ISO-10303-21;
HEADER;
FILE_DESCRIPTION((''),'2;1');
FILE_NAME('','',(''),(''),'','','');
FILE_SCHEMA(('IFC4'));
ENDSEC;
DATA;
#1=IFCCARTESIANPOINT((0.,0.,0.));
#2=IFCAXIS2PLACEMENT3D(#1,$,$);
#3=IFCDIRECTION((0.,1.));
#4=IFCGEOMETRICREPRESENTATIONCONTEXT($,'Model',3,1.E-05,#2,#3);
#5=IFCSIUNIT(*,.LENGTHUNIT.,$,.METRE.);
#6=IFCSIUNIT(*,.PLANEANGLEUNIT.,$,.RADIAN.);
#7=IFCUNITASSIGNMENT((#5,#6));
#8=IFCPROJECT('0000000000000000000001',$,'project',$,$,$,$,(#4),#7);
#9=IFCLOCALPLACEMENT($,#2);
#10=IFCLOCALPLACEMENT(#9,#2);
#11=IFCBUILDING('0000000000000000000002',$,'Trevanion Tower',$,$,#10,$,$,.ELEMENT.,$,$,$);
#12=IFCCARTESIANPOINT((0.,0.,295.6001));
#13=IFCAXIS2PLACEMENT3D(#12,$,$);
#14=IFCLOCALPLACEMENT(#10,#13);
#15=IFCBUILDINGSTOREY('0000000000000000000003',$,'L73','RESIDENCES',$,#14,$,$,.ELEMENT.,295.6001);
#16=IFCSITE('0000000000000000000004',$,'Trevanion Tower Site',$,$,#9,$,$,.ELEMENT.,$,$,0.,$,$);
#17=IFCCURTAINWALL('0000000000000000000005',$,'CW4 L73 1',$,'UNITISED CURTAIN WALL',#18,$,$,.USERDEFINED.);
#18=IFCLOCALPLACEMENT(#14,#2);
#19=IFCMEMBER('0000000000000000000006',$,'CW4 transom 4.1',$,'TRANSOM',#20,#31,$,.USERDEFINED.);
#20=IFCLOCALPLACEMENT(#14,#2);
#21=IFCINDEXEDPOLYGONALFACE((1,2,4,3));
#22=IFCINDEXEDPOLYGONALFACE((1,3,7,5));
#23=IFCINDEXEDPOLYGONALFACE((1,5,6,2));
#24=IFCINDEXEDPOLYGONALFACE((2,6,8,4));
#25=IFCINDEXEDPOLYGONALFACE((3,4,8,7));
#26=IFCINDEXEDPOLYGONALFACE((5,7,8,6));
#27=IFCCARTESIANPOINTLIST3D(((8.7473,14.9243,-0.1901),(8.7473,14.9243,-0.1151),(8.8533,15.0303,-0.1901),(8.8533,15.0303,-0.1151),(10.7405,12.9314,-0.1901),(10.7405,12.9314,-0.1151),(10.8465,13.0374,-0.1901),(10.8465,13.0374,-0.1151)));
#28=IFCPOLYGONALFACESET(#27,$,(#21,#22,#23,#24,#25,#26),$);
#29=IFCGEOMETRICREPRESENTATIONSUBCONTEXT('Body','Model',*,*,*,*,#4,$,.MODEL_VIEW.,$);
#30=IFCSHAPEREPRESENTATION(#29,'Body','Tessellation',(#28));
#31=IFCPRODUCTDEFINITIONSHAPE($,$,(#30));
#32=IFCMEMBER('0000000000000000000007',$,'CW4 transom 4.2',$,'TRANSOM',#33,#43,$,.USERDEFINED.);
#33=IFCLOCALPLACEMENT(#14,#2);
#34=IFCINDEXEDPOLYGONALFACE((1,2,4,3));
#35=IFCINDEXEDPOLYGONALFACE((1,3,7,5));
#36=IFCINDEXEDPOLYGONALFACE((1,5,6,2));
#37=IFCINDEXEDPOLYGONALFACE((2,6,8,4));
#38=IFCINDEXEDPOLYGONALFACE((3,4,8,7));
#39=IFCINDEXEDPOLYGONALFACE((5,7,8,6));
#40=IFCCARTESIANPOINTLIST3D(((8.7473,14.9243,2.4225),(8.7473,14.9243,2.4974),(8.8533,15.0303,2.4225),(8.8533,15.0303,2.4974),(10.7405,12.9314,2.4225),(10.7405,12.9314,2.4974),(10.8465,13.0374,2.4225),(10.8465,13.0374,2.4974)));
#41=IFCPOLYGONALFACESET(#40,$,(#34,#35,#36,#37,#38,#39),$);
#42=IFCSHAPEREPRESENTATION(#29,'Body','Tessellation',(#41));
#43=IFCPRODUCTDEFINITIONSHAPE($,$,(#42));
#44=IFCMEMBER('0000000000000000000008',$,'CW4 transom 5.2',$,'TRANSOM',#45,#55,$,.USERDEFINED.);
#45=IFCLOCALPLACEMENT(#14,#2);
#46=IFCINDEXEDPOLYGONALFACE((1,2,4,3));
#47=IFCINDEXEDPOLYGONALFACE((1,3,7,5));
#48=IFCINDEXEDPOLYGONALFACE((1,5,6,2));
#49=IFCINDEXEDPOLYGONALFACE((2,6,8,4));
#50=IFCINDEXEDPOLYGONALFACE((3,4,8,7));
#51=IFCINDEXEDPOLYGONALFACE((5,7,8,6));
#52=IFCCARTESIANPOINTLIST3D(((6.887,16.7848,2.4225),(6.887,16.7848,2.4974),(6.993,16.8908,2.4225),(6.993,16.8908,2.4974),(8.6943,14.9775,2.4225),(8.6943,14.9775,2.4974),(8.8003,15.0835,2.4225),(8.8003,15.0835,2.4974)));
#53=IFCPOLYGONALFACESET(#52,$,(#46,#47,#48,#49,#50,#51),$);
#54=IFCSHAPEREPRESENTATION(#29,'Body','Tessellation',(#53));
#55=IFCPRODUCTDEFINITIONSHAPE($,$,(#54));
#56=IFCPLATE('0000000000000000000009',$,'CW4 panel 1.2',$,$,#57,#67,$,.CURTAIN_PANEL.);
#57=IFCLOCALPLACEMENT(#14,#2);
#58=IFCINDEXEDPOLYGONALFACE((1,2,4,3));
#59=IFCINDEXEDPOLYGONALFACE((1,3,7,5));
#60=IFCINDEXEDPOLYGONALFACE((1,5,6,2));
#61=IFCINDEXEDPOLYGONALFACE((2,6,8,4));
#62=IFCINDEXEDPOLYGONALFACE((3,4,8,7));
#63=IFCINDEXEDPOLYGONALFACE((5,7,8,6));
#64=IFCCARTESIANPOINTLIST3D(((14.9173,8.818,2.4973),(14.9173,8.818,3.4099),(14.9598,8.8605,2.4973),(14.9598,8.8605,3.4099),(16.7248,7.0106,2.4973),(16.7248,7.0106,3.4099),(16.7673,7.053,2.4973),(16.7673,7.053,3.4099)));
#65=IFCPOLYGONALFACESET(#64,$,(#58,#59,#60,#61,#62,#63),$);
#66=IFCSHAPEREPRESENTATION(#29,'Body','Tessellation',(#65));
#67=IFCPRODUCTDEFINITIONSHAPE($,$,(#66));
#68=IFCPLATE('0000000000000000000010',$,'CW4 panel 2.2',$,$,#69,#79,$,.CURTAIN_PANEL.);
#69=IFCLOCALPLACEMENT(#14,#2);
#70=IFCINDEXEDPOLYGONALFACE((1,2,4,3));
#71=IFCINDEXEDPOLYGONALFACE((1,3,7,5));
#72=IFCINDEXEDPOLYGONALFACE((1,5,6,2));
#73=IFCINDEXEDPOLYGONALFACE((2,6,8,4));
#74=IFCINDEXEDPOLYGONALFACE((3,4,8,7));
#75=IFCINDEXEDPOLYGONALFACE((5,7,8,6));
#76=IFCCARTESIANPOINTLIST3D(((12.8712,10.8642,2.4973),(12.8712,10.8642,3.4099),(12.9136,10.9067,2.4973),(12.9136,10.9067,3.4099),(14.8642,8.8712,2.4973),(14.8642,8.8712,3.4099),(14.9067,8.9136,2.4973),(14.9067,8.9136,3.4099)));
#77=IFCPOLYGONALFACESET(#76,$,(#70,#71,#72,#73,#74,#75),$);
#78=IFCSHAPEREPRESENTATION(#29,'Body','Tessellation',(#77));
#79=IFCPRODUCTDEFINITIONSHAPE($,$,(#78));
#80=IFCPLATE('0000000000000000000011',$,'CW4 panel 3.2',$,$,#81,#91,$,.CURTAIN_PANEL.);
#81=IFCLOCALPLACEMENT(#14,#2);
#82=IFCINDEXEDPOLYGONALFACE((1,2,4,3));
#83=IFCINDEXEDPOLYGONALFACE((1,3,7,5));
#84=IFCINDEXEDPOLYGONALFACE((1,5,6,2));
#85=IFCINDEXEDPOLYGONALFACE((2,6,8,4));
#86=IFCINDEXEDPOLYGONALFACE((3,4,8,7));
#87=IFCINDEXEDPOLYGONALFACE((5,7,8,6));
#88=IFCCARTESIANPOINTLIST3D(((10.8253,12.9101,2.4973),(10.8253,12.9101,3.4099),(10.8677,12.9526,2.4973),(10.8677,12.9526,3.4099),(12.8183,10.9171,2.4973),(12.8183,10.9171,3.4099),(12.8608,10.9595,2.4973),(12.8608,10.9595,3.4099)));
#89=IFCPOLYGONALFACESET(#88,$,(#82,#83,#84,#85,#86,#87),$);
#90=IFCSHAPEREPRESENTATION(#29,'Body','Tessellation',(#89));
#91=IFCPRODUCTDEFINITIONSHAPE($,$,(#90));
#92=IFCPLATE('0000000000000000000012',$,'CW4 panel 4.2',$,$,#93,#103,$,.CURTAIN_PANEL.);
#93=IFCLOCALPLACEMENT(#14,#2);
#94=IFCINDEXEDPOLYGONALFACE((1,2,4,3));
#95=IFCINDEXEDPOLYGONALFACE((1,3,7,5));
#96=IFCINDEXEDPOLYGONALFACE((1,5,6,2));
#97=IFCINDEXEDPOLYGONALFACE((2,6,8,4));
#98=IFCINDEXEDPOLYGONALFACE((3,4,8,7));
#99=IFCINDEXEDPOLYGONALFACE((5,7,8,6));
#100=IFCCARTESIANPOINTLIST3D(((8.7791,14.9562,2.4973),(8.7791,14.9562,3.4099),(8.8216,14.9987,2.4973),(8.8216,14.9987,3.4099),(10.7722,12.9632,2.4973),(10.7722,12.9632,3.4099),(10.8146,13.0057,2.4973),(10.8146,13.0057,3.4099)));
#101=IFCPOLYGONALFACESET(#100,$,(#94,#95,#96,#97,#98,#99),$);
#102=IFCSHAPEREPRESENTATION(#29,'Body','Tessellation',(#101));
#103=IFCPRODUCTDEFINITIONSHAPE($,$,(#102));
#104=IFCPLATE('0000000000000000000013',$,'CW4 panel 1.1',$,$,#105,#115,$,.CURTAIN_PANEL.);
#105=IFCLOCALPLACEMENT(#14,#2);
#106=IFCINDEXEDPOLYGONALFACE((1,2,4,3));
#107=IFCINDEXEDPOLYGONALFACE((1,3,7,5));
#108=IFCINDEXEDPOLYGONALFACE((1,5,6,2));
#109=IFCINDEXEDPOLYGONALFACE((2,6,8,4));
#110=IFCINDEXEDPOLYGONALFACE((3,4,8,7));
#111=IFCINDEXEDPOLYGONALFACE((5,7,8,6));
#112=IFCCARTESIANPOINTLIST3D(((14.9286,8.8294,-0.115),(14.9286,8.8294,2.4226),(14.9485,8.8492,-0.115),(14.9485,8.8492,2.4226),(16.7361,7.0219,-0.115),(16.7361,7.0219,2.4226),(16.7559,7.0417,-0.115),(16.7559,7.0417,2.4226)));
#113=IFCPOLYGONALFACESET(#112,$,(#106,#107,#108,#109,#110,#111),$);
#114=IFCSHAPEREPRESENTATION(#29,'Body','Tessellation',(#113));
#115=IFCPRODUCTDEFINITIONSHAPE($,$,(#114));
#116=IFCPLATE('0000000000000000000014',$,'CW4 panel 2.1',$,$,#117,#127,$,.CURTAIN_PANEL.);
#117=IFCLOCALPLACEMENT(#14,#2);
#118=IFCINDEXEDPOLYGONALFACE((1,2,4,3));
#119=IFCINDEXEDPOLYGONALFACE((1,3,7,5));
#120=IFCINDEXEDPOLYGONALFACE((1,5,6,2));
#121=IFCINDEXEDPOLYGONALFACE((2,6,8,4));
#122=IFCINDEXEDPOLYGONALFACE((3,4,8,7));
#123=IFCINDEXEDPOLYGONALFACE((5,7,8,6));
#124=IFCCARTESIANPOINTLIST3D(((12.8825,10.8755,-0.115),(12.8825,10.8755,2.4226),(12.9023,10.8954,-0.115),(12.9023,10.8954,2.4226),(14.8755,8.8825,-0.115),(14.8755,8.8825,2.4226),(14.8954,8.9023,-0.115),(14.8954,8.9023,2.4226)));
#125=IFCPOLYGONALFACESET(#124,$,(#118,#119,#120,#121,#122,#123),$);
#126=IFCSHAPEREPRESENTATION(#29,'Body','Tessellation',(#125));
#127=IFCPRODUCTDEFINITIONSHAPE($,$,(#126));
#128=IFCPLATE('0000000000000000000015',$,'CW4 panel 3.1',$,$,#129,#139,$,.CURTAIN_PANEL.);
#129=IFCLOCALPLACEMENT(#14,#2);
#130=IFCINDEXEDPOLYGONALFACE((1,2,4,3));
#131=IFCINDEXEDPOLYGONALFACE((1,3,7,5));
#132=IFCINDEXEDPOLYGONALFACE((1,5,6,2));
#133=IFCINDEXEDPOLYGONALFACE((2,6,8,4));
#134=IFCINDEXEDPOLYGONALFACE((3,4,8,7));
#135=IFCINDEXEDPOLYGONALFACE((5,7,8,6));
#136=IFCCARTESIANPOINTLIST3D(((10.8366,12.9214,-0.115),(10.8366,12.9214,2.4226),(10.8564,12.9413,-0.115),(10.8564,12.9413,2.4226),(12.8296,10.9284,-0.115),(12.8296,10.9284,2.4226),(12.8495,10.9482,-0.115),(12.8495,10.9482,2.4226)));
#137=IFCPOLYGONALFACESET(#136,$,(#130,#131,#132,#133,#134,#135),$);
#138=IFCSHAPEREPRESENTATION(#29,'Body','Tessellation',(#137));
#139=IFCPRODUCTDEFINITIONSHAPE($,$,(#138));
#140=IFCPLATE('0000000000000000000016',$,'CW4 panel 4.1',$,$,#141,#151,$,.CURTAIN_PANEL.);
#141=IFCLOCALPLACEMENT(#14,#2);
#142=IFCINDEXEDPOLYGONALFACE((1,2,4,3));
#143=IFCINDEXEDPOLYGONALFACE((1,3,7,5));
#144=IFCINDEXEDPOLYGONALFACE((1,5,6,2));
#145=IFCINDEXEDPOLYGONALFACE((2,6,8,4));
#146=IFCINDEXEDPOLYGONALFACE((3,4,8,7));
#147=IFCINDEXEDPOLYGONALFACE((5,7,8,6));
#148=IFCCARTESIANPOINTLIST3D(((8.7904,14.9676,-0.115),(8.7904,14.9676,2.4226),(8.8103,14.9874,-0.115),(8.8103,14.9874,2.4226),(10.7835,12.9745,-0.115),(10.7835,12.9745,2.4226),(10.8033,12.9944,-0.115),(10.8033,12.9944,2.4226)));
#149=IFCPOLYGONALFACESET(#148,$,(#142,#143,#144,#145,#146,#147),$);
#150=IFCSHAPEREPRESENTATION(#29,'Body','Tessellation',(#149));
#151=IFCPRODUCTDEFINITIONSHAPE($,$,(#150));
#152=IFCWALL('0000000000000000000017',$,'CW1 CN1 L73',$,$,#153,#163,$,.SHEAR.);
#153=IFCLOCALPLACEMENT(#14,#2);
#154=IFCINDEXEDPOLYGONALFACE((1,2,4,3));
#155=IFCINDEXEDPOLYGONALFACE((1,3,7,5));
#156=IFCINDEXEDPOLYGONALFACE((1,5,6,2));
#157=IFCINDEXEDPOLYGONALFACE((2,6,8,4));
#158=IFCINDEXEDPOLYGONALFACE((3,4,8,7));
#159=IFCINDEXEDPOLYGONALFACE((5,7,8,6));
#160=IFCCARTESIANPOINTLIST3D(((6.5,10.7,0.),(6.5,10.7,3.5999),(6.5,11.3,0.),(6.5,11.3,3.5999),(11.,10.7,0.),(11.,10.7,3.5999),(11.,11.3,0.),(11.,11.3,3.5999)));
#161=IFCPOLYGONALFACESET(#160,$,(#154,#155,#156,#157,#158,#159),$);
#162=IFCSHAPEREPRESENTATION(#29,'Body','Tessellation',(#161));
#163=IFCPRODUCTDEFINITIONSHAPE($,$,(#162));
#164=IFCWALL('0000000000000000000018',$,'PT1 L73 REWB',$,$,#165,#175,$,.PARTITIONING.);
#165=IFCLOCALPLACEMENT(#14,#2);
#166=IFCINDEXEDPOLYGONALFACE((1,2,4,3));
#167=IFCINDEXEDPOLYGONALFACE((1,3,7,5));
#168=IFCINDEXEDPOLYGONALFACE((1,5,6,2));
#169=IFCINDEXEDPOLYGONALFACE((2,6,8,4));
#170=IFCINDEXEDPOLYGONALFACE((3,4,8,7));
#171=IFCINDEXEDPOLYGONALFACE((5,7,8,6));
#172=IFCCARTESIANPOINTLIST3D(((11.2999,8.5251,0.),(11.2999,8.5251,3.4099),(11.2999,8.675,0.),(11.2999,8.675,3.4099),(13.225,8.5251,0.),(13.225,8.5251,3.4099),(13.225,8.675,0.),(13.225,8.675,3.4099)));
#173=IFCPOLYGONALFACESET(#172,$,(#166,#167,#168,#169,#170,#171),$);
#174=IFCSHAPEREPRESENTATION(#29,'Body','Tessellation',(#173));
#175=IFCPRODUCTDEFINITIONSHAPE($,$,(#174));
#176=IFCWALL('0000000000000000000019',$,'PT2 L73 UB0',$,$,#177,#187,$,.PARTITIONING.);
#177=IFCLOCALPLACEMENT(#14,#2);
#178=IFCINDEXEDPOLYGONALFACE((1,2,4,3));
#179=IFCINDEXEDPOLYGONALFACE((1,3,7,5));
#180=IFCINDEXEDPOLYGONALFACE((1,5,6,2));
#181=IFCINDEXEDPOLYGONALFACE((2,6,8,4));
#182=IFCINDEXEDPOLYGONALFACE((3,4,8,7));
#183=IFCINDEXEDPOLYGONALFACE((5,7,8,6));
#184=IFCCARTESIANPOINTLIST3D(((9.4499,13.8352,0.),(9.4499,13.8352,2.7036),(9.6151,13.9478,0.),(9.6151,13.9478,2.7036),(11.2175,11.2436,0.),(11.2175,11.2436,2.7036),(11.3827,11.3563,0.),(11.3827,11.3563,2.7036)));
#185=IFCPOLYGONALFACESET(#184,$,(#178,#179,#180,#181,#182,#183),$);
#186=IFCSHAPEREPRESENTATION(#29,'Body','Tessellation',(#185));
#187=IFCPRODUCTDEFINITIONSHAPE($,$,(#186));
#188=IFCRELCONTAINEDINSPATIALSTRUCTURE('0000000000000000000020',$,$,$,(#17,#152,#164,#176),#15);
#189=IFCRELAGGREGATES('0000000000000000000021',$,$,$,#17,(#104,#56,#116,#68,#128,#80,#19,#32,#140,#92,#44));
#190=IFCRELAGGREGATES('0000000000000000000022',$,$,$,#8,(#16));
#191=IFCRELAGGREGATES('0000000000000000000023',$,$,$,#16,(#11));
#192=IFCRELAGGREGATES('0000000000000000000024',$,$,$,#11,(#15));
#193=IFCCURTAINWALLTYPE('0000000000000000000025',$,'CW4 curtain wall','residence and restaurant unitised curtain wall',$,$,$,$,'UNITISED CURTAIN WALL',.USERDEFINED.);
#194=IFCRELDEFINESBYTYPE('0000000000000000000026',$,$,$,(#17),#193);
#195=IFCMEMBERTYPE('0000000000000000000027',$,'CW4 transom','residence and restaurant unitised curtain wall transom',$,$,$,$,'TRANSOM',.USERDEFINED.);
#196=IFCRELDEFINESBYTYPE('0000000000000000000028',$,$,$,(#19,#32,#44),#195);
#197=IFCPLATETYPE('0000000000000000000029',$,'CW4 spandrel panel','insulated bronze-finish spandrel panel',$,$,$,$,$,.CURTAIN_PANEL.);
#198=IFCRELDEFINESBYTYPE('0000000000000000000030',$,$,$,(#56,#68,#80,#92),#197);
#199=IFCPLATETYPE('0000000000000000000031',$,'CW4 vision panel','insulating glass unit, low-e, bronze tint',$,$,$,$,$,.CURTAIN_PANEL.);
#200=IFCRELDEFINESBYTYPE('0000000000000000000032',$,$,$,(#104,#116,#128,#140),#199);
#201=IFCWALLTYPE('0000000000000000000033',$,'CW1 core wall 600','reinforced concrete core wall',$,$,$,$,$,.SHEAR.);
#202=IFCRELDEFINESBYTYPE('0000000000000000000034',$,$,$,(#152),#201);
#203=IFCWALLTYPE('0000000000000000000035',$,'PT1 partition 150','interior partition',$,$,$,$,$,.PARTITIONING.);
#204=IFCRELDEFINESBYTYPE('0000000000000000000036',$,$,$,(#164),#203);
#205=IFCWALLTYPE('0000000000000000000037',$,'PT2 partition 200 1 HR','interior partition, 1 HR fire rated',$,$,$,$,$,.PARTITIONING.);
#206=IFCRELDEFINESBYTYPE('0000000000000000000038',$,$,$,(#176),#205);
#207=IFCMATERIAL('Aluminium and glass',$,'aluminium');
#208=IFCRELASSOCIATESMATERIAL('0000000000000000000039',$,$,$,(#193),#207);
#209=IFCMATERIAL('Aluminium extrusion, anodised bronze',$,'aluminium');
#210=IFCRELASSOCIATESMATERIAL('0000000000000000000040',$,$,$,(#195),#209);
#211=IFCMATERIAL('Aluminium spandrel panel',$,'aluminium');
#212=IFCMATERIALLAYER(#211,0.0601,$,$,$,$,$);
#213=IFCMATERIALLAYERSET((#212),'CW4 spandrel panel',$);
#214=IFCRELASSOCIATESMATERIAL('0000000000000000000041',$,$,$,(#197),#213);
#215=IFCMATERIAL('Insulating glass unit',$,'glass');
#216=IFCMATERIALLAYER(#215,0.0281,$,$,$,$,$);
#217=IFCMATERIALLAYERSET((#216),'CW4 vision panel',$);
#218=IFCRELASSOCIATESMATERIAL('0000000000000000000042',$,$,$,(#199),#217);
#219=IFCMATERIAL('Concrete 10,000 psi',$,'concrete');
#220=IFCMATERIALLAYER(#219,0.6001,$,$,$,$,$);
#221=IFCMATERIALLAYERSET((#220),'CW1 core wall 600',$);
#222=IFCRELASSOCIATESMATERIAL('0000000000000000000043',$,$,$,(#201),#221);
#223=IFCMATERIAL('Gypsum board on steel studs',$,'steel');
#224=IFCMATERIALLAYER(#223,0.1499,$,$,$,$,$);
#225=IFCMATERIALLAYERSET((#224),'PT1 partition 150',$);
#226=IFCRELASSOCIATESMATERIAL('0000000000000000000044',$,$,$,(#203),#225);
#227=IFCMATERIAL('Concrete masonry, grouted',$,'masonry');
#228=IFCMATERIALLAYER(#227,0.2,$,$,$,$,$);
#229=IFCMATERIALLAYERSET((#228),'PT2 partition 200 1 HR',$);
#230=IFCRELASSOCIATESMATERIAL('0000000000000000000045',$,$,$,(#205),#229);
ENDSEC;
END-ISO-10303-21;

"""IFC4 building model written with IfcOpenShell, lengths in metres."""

from ifc_helpers import new_model, si_unit, direction, frame, frame_2d, origin, origin_2d, place, context, subcontext, project, spatial, rectangle, extrude, material, layer, layer_set, material_profile, profile_set, type_object, element, aggregate, save


model = new_model("IFC4")

# Units and contexts
model_context = context("Model", 3, precision=1e-05, world=origin(), true_north=direction((0.0, 1.0)))
body_context = subcontext(model_context, "Body", "Model", "MODEL_VIEW")
ifc_project = project(units=[si_unit("LENGTHUNIT", "METRE"), si_unit("PLANEANGLEUNIT", "RADIAN")], contexts=[model_context])

# Site, building, storey
site_placement = place(None, origin())
site = spatial("IfcSite", under=ifc_project, at=site_placement, Name="Trevanion Tower Site", CompositionType="ELEMENT", RefElevation=0.0)
building_placement = place(site_placement, origin())
building = spatial("IfcBuilding", under=site, at=building_placement, Name="Trevanion Tower", CompositionType="ELEMENT")
storey_placement = place(building_placement, frame((0.0, 0.0, 295.6001)))
storey = spatial("IfcBuildingStorey", under=building, at=storey_placement, Name="L73", Description="RESIDENCES", CompositionType="ELEMENT", Elevation=295.6001)

# Curtain wall
ifc_material_1 = material(Name="Aluminium and glass", Category="aluminium")
curtain_wall_type = type_object("IfcCurtainWallType", Name="CW4 curtain wall", Description="residence and restaurant unitised curtain wall", ElementType="UNITISED CURTAIN WALL", PredefinedType="USERDEFINED", material=ifc_material_1)
curtain_wall_1_placement = place(storey_placement, origin())
curtain_wall_1 = element("IfcCurtainWall", 1, at=curtain_wall_1_placement, inside=storey, type_object=curtain_wall_type, Name="CW4 L73 1", ObjectType="UNITISED CURTAIN WALL", PredefinedType="USERDEFINED")

# Members
ifc_material_2 = material(Name="Aluminium extrusion, anodised bronze", Category="aluminium")
ifc_material_profile_1 = material_profile(ifc_material_2, rectangle(XDim=0.1499, YDim=0.075, at=origin_2d()), Name="CW4 transom")
ifc_profile_set_1 = profile_set([ifc_material_profile_1], Name="Aluminium extrusion, anodised bronze")
member_type_1 = type_object("IfcMemberType", Name="CW4 transom", Description="residence and restaurant unitised curtain wall transom", ElementType="TRANSOM", PredefinedType="USERDEFINED", material=ifc_profile_set_1)
member_1_placement = place(storey_placement, frame((10.7935, 12.9844, -0.1526), z_axis=(-0.70715, 0.707063, 0.0), x_axis=(-0.707063, -0.70715, 0.0)))
member_1 = element("IfcMember", 2, at=member_1_placement, type_object=member_type_1, Name="CW4 transom 4.1", ObjectType="TRANSOM", PredefinedType="USERDEFINED", context=body_context, shape_type="SweptSolid", body=[
    extrude(rectangle(XDim=0.1499, YDim=0.075, at=origin_2d()), origin(), (0.0, 0.0, 1.0), 2.8186),
])
member_2_placement = place(storey_placement, frame((10.7935, 12.9844, 2.46), z_axis=(-0.70715, 0.707063, 0.0), x_axis=(-0.707063, -0.70715, 0.0)))
member_2 = element("IfcMember", 3, at=member_2_placement, type_object=member_type_1, Name="CW4 transom 4.2", ObjectType="TRANSOM", PredefinedType="USERDEFINED", context=body_context, shape_type="SweptSolid", body=[
    extrude(rectangle(XDim=0.1499, YDim=0.075, at=origin_2d()), origin(), (0.0, 0.0, 1.0), 2.8186),
])
member_3_placement = place(storey_placement, frame((8.7473, 15.0305, 2.46), z_axis=(-0.707107, 0.707107, 0.0), x_axis=(-0.707107, -0.707107, 0.0)))
member_3 = element("IfcMember", 4, at=member_3_placement, type_object=member_type_1, Name="CW4 transom 5.2", ObjectType="TRANSOM", PredefinedType="USERDEFINED", context=body_context, shape_type="SweptSolid", body=[
    extrude(rectangle(XDim=0.1499, YDim=0.075, at=origin_2d()), origin(), (0.0, 0.0, 1.0), 2.5559),
])

# Plates
ifc_material_3 = material(Name="Aluminium spandrel panel", Category="aluminium")
ifc_layer_1 = layer(ifc_material_3, 0.0601)
ifc_layer_set_1 = layer_set([ifc_layer_1], Name="CW4 spandrel panel")
plate_type_1 = type_object("IfcPlateType", Name="CW4 spandrel panel", Description="insulated bronze-finish spandrel panel", PredefinedType="CURTAIN_PANEL", material=ifc_layer_set_1)
plate_1_placement = place(storey_placement, frame((15.8423, 7.9355, 2.4973), z_axis=(0.0, 0.0, 1.0), x_axis=(-0.707107, 0.707107, 0.0)))
plate_1 = element("IfcPlate", 5, at=plate_1_placement, type_object=plate_type_1, Name="CW4 panel 1.2", PredefinedType="CURTAIN_PANEL", context=body_context, shape_type="SweptSolid", body=[
    extrude(rectangle(XDim=2.5562, YDim=0.0601, at=origin_2d()), origin(), (0.0, 0.0, 1.0), 0.9126),
])
plate_2_placement = place(storey_placement, frame((13.8889, 9.8889, 2.4973), z_axis=(0.0, 0.0, 1.0), x_axis=(-0.707107, 0.707107, 0.0)))
plate_2 = element("IfcPlate", 6, at=plate_2_placement, type_object=plate_type_1, Name="CW4 panel 2.2", PredefinedType="CURTAIN_PANEL", context=body_context, shape_type="SweptSolid", body=[
    extrude(rectangle(XDim=2.8186, YDim=0.0601, at=origin_2d()), origin(), (0.0, 0.0, 1.0), 0.9126),
])
plate_3_placement = place(storey_placement, frame((11.843, 11.9348, 2.4973), z_axis=(0.0, 0.0, 1.0), x_axis=(-0.707107, 0.707107, 0.0)))
plate_3 = element("IfcPlate", 7, at=plate_3_placement, type_object=plate_type_1, Name="CW4 panel 3.2", PredefinedType="CURTAIN_PANEL", context=body_context, shape_type="SweptSolid", body=[
    extrude(rectangle(XDim=2.8186, YDim=0.0601, at=origin_2d()), origin(), (0.0, 0.0, 1.0), 0.9126),
])
plate_4_placement = place(storey_placement, frame((9.7969, 13.981, 2.4973), z_axis=(0.0, 0.0, 1.0), x_axis=(-0.707107, 0.707107, 0.0)))
plate_4 = element("IfcPlate", 8, at=plate_4_placement, type_object=plate_type_1, Name="CW4 panel 4.2", PredefinedType="CURTAIN_PANEL", context=body_context, shape_type="SweptSolid", body=[
    extrude(rectangle(XDim=2.8186, YDim=0.0601, at=origin_2d()), origin(), (0.0, 0.0, 1.0), 0.9126),
])
ifc_material_4 = material(Name="Insulating glass unit", Category="glass")
ifc_layer_2 = layer(ifc_material_4, 0.0281)
ifc_layer_set_2 = layer_set([ifc_layer_2], Name="CW4 vision panel")
plate_type_2 = type_object("IfcPlateType", Name="CW4 vision panel", Description="insulating glass unit, low-e, bronze tint", PredefinedType="CURTAIN_PANEL", material=ifc_layer_set_2)
plate_5_placement = place(storey_placement, frame((15.8423, 7.9355, -0.115), z_axis=(0.0, 0.0, 1.0), x_axis=(-0.707107, 0.707107, 0.0)))
plate_5 = element("IfcPlate", 9, at=plate_5_placement, type_object=plate_type_2, Name="CW4 panel 1.1", PredefinedType="CURTAIN_PANEL", context=body_context, shape_type="SweptSolid", body=[
    extrude(rectangle(XDim=2.5562, YDim=0.0281, at=origin_2d()), origin(), (0.0, 0.0, 1.0), 2.5376),
])
plate_6_placement = place(storey_placement, frame((13.8889, 9.8889, -0.115), z_axis=(0.0, 0.0, 1.0), x_axis=(-0.707107, 0.707107, 0.0)))
plate_6 = element("IfcPlate", 10, at=plate_6_placement, type_object=plate_type_2, Name="CW4 panel 2.1", PredefinedType="CURTAIN_PANEL", context=body_context, shape_type="SweptSolid", body=[
    extrude(rectangle(XDim=2.8186, YDim=0.0281, at=origin_2d()), origin(), (0.0, 0.0, 1.0), 2.5376),
])
plate_7_placement = place(storey_placement, frame((11.843, 11.9348, -0.115), z_axis=(0.0, 0.0, 1.0), x_axis=(-0.707107, 0.707107, 0.0)))
plate_7 = element("IfcPlate", 11, at=plate_7_placement, type_object=plate_type_2, Name="CW4 panel 3.1", PredefinedType="CURTAIN_PANEL", context=body_context, shape_type="SweptSolid", body=[
    extrude(rectangle(XDim=2.8186, YDim=0.0281, at=origin_2d()), origin(), (0.0, 0.0, 1.0), 2.5376),
])
plate_8_placement = place(storey_placement, frame((9.7969, 13.981, -0.115), z_axis=(0.0, 0.0, 1.0), x_axis=(-0.707107, 0.707107, 0.0)))
plate_8 = element("IfcPlate", 12, at=plate_8_placement, type_object=plate_type_2, Name="CW4 panel 4.1", PredefinedType="CURTAIN_PANEL", context=body_context, shape_type="SweptSolid", body=[
    extrude(rectangle(XDim=2.8186, YDim=0.0281, at=origin_2d()), origin(), (0.0, 0.0, 1.0), 2.5376),
])
aggregate(curtain_wall_1, [plate_5, plate_1, plate_6, plate_2, plate_7, plate_3, member_1, member_2, plate_8, plate_4, member_3])

# Walls
ifc_material_5 = material(Name="Concrete 10,000 psi", Category="concrete")
ifc_layer_3 = layer(ifc_material_5, 0.6001)
ifc_layer_set_3 = layer_set([ifc_layer_3], Name="CW1 core wall 600")
wall_type_1 = type_object("IfcWallType", Name="CW1 core wall 600", Description="reinforced concrete core wall", PredefinedType="SHEAR", material=ifc_layer_set_3)
wall_1_placement = place(storey_placement, frame((11.0, 11.0, 0.0), z_axis=(0.0, 0.0, 1.0), x_axis=(-1.0, 0.0, 0.0)))
element("IfcWall", 13, at=wall_1_placement, inside=storey, type_object=wall_type_1, Name="CW1 CN1 L73", PredefinedType="SHEAR", context=body_context, shape_type="SweptSolid", body=[
    extrude(rectangle(XDim=4.5, YDim=0.6001, at=frame_2d((2.25, 0.0))), origin(), (0.0, 0.0, 1.0), 3.5999),
])
ifc_material_6 = material(Name="Gypsum board on steel studs", Category="steel")
ifc_layer_4 = layer(ifc_material_6, 0.1499)
ifc_layer_set_4 = layer_set([ifc_layer_4], Name="PT1 partition 150")
wall_type_2 = type_object("IfcWallType", Name="PT1 partition 150", Description="interior partition", PredefinedType="PARTITIONING", material=ifc_layer_set_4)
wall_2_placement = place(storey_placement, frame((11.3, 8.6001, 0.0), z_axis=(0.0, 0.0, 1.0), x_axis=(1.0, 0.0, 0.0)))
element("IfcWall", 14, at=wall_2_placement, inside=storey, type_object=wall_type_2, Name="PT1 L73 REWB", PredefinedType="PARTITIONING", context=body_context, shape_type="SweptSolid", body=[
    extrude(rectangle(XDim=1.925, YDim=0.1499, at=frame_2d((0.9624, 0.0))), origin(), (0.0, 0.0, 1.0), 3.4099),
])
ifc_material_7 = material(Name="Concrete masonry, grouted", Category="masonry")
ifc_layer_5 = layer(ifc_material_7, 0.2)
ifc_layer_set_5 = layer_set([ifc_layer_5], Name="PT2 partition 200 1 HR")
wall_type_3 = type_object("IfcWallType", Name="PT2 partition 200 1 HR", Description="interior partition, 1 HR fire rated", PredefinedType="PARTITIONING", material=ifc_layer_set_5)
wall_3_placement = place(storey_placement, frame((11.3, 11.3, 0.0), z_axis=(0.0, 0.0, 1.0), x_axis=(-0.56347, 0.826137, 0.0)))
element("IfcWall", 15, at=wall_3_placement, inside=storey, type_object=wall_type_3, Name="PT2 L73 UB0", PredefinedType="PARTITIONING", context=body_context, shape_type="SweptSolid", body=[
    extrude(rectangle(XDim=3.137, YDim=0.2, at=frame_2d((1.5684, 0.0))), origin(), (0.0, 0.0, 1.0), 2.7036),
])

save(model, "model.ifc")
